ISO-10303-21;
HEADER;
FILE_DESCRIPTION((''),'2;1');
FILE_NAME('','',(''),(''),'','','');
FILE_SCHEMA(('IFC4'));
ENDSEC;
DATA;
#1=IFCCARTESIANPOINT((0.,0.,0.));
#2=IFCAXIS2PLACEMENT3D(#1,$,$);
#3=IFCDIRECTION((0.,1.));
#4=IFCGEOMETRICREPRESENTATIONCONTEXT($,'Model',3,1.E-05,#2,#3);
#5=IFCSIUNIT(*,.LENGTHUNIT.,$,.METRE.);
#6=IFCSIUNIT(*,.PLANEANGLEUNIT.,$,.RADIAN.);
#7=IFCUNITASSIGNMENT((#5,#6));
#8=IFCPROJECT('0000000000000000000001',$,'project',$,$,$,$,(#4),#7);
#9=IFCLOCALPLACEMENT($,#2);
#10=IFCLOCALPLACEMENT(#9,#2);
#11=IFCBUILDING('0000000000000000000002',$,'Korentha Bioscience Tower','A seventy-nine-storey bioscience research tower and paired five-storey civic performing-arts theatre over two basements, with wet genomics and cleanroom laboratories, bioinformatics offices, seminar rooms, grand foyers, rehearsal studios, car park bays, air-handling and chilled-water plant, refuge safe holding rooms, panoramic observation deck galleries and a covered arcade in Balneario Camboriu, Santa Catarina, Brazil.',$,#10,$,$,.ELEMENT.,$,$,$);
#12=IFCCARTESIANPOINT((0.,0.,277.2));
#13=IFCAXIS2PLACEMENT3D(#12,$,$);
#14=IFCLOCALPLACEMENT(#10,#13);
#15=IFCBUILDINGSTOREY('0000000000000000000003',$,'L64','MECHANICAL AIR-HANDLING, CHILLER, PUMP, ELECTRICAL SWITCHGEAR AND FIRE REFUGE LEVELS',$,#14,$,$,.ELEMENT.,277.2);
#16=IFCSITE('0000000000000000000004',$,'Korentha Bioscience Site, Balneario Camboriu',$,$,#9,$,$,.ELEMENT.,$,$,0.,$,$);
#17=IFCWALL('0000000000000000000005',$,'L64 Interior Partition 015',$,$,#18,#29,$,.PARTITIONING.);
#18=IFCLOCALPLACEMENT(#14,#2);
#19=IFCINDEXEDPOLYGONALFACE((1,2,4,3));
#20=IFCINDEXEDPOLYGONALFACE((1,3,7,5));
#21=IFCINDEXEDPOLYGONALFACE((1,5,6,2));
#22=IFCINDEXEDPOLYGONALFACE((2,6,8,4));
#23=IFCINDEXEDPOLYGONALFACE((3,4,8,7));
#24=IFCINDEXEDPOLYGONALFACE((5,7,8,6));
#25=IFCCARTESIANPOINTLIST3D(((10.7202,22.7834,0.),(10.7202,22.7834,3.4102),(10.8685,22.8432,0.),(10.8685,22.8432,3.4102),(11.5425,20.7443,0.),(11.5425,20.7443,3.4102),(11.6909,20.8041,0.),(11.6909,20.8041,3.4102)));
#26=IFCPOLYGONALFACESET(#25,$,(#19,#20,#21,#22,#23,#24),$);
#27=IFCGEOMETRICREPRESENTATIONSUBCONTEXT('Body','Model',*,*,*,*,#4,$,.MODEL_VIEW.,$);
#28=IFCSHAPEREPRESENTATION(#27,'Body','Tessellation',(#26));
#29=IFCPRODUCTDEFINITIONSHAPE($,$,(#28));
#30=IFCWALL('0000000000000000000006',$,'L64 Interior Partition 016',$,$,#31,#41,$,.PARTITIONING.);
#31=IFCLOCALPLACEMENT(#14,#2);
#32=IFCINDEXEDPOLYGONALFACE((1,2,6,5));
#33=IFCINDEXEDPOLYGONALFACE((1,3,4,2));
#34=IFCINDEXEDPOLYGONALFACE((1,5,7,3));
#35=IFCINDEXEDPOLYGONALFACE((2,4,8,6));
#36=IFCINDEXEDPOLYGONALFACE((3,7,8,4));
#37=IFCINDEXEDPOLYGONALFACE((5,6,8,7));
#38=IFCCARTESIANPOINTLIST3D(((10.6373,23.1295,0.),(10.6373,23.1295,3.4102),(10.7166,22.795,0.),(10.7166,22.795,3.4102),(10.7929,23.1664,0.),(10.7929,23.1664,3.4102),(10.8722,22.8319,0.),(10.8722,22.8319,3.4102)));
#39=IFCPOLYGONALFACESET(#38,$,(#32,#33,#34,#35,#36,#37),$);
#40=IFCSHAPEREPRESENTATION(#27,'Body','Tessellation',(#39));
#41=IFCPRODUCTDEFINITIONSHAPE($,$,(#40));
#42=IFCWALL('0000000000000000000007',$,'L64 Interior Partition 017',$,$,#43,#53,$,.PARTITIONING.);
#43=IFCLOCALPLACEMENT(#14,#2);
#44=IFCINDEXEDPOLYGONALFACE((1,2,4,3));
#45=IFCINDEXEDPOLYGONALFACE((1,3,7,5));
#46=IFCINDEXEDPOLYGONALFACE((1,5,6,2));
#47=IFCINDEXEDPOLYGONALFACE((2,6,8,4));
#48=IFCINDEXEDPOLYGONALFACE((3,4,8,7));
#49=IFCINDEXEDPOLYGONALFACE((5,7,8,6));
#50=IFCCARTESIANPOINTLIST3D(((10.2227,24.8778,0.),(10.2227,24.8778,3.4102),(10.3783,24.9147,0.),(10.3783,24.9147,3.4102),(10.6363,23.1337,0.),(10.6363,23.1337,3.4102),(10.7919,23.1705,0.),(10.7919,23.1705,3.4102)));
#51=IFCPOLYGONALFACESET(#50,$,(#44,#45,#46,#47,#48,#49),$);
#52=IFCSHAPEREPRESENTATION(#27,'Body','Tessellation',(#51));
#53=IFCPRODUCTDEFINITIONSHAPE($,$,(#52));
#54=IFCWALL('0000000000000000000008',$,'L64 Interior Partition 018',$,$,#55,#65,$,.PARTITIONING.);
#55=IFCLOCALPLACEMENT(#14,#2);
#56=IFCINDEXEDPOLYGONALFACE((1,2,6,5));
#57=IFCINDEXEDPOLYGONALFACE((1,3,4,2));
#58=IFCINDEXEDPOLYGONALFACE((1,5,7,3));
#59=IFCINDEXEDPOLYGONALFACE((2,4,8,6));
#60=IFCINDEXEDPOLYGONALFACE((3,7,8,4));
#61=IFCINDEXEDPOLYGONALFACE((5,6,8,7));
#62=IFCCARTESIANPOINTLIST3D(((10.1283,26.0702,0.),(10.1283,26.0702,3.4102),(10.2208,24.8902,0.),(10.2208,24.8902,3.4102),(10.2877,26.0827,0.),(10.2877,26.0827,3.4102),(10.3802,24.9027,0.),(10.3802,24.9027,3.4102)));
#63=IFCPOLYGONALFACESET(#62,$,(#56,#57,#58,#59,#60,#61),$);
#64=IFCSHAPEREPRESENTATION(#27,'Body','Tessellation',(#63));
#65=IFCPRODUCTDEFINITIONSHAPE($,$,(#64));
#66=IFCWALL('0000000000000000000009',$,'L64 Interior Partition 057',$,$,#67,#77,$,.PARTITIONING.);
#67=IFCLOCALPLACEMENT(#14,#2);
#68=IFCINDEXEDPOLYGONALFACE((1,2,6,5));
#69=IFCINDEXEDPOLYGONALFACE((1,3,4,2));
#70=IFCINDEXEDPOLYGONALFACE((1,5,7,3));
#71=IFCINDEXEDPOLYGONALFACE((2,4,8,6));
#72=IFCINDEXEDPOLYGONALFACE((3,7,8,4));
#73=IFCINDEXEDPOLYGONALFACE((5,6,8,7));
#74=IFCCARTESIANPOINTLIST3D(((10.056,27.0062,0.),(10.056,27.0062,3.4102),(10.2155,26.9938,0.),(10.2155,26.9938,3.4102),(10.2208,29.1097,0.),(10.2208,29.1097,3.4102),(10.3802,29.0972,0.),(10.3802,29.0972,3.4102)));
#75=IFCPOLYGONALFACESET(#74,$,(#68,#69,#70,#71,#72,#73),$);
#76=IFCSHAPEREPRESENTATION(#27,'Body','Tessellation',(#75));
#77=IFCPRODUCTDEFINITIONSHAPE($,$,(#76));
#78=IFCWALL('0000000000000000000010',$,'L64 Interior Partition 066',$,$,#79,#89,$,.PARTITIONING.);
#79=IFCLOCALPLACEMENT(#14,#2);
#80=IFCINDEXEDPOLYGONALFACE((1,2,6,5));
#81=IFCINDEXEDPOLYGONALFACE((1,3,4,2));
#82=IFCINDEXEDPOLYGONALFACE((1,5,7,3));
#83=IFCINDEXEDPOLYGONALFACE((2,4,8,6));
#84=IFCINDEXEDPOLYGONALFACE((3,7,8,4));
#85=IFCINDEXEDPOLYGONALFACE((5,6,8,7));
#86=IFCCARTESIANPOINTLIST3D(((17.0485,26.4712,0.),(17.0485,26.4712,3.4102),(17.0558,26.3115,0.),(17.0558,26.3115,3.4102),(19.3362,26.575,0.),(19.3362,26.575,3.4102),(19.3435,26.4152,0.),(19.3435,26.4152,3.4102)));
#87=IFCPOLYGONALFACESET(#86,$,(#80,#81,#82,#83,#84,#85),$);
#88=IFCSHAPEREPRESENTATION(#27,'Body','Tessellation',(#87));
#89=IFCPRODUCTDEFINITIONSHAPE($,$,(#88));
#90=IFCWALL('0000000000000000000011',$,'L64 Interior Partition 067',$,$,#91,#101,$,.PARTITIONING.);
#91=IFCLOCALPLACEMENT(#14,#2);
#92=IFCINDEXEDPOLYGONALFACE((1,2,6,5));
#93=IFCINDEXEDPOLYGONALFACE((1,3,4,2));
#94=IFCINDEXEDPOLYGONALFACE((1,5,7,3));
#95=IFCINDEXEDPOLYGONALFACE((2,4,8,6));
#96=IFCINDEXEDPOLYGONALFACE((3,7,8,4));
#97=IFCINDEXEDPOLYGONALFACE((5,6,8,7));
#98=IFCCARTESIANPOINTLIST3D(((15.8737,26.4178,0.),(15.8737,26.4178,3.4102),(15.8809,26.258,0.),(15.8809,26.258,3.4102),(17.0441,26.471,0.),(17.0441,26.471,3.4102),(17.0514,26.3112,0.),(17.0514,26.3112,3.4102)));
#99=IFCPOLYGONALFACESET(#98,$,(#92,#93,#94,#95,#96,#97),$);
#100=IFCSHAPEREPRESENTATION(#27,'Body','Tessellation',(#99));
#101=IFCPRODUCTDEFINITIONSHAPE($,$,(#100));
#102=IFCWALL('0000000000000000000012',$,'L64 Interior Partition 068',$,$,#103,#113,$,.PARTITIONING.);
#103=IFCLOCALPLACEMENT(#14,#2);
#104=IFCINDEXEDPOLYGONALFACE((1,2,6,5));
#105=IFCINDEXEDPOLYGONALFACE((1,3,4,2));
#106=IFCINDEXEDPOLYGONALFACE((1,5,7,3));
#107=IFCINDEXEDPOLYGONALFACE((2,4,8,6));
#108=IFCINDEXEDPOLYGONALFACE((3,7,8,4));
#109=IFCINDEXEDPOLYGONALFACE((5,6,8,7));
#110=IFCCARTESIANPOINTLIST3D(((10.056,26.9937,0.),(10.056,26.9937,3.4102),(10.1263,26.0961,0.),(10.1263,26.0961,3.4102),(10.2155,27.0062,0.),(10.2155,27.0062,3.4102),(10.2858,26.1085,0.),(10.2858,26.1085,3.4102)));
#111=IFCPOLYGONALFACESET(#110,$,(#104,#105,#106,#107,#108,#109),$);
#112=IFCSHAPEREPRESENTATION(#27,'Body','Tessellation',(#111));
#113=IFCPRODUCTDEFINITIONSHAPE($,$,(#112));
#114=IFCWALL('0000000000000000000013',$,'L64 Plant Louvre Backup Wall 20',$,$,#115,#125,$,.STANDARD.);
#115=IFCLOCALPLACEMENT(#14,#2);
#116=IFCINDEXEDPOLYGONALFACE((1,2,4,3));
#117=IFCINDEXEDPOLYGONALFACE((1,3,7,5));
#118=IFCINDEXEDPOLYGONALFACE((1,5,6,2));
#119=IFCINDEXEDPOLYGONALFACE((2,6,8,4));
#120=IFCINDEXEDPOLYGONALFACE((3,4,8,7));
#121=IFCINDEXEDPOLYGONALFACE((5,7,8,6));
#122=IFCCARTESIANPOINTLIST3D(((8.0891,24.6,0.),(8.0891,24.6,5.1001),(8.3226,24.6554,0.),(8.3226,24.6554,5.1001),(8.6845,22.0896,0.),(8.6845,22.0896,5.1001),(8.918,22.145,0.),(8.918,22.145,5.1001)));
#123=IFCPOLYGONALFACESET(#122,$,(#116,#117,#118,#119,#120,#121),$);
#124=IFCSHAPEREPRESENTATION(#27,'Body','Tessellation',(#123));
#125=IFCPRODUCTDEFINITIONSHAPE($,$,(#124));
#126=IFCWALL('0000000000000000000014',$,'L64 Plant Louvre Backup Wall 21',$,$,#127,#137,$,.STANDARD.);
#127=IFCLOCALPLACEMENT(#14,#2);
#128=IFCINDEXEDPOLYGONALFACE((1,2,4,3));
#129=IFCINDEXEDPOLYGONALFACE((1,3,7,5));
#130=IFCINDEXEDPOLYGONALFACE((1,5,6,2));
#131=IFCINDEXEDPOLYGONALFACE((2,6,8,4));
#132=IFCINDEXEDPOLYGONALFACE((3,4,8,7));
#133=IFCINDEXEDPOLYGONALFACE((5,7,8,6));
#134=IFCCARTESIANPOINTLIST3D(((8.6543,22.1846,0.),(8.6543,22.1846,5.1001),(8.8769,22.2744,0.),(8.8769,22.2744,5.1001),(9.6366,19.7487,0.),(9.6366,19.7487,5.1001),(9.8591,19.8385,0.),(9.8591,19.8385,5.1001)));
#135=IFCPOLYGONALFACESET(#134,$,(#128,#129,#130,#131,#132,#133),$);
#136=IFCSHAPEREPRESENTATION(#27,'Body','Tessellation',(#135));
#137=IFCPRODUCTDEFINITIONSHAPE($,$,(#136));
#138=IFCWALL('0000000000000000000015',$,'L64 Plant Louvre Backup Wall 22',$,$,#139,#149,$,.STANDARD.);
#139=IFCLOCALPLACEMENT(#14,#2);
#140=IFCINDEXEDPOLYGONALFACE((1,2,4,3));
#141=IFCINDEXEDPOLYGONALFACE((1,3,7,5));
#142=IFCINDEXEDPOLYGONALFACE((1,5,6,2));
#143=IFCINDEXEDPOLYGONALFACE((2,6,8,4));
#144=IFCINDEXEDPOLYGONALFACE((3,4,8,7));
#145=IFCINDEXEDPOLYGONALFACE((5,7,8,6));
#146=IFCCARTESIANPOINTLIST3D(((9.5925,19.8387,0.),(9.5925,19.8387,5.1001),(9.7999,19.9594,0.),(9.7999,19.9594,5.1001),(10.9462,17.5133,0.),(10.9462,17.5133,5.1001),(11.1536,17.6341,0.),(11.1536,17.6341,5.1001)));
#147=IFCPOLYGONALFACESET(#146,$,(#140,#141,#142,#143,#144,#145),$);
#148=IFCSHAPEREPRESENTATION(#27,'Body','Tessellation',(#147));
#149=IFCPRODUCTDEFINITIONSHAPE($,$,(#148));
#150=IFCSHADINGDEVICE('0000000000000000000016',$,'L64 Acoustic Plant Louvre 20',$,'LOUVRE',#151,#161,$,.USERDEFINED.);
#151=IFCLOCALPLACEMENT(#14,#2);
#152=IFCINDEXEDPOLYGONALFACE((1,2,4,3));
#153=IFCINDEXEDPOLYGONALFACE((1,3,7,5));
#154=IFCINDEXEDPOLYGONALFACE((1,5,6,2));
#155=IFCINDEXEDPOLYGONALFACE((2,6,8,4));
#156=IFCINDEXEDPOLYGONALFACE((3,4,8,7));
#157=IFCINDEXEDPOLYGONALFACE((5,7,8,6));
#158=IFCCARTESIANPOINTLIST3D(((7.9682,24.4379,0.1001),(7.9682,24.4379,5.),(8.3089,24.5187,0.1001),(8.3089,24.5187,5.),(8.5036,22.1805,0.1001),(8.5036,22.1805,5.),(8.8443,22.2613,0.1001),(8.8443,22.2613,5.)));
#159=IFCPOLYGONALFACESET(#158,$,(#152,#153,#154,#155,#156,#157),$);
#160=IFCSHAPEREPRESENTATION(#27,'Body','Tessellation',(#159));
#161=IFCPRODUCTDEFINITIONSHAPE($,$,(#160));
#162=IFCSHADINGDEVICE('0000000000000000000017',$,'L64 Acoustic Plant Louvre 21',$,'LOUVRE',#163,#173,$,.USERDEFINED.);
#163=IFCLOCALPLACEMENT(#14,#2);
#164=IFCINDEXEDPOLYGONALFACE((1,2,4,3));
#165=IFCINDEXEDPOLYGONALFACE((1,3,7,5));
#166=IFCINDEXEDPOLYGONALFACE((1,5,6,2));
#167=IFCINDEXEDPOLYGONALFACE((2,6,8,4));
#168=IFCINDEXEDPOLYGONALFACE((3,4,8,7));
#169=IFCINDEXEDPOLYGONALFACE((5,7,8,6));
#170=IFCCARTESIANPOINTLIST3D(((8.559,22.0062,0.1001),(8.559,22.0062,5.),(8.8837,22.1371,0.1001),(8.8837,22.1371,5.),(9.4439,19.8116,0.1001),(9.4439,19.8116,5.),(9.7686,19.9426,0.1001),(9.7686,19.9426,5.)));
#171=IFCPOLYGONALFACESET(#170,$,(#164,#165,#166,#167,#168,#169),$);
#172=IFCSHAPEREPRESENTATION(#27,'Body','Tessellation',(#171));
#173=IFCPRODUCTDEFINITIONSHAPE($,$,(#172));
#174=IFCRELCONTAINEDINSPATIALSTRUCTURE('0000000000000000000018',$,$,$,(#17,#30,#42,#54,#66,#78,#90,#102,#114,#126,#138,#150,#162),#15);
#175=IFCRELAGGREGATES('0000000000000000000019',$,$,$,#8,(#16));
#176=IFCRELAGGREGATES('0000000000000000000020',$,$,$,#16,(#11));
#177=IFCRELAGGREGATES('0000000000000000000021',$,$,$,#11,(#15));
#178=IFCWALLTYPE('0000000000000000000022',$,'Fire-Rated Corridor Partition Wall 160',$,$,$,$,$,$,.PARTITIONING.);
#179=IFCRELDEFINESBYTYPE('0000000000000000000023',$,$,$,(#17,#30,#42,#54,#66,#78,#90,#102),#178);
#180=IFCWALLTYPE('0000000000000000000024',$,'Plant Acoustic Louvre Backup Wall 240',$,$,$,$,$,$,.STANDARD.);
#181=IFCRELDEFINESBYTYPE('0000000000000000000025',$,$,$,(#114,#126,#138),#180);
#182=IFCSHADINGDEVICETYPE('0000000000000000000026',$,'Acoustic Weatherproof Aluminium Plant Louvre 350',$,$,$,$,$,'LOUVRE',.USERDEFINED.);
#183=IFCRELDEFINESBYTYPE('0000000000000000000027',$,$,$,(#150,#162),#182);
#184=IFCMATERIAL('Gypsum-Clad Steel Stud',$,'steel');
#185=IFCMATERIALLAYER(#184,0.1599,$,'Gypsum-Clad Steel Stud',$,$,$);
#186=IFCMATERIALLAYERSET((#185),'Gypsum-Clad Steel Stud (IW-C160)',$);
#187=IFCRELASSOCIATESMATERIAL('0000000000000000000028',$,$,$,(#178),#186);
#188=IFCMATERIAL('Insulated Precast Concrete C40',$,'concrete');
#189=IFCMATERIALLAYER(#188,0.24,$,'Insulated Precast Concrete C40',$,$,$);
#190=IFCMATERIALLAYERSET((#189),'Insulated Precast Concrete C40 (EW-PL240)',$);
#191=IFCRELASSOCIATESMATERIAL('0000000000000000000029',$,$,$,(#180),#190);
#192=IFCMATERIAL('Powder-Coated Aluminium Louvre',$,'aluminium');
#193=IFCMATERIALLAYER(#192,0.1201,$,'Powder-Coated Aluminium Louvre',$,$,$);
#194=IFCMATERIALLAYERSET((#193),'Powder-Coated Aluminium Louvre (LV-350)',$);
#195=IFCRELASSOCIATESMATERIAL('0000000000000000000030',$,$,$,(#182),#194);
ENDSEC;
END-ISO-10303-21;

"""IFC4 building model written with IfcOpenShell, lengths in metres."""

from ifc_helpers import new_model, si_unit, direction, frame, frame_2d, origin, origin_2d, place, context, subcontext, project, spatial, rectangle, extrude, material, layer, layer_set, type_object, element, save


model = new_model("IFC4")

# Units and contexts
model_context = context("Model", 3, precision=1e-05, world=origin(), true_north=direction((0.0, 1.0)))
body_context = subcontext(model_context, "Body", "Model", "MODEL_VIEW")
ifc_project = project(units=[si_unit("LENGTHUNIT", "METRE"), si_unit("PLANEANGLEUNIT", "RADIAN")], contexts=[model_context])

# Site, building, storey
site_placement = place(None, origin())
site = spatial("IfcSite", under=ifc_project, at=site_placement, Name="Korentha Bioscience Site, Balneario Camboriu", CompositionType="ELEMENT", RefElevation=0.0)
building_placement = place(site_placement, origin())
building = spatial("IfcBuilding", under=site, at=building_placement, Name="Korentha Bioscience Tower", Description="A seventy-nine-storey bioscience research tower and paired five-storey civic performing-arts theatre over two basements, with wet genomics and cleanroom laboratories, bioinformatics offices, seminar rooms, grand foyers, rehearsal studios, car park bays, air-handling and chilled-water plant, refuge safe holding rooms, panoramic observation deck galleries and a covered arcade in Balneario Camboriu, Santa Catarina, Brazil.", CompositionType="ELEMENT")
storey_placement = place(building_placement, frame((0.0, 0.0, 277.2)))
storey = spatial("IfcBuildingStorey", under=building, at=storey_placement, Name="L64", Description="MECHANICAL AIR-HANDLING, CHILLER, PUMP, ELECTRICAL SWITCHGEAR AND FIRE REFUGE LEVELS", CompositionType="ELEMENT", Elevation=277.2)

# Walls
ifc_material_1 = material(Name="Gypsum-Clad Steel Stud", Category="steel")
ifc_layer_1 = layer(ifc_material_1, 0.1599, Name="Gypsum-Clad Steel Stud")
ifc_layer_set_1 = layer_set([ifc_layer_1], Name="Gypsum-Clad Steel Stud (IW-C160)")
wall_type_1 = type_object("IfcWallType", Name="Fire-Rated Corridor Partition Wall 160", PredefinedType="PARTITIONING", material=ifc_layer_set_1)
wall_1_placement = place(storey_placement, frame((11.6167, 20.7742, 0.0), z_axis=(0.0, 0.0, 1.0), x_axis=(-0.373993, 0.927432, 0.0)))
element("IfcWall", 1, at=wall_1_placement, inside=storey, type_object=wall_type_1, Name="L64 Interior Partition 015", PredefinedType="PARTITIONING", context=body_context, shape_type="SweptSolid", body=[
    extrude(rectangle(XDim=2.1987, YDim=0.1599, at=frame_2d((1.0994, 0.0))), origin(), (0.0, 0.0, 1.0), 3.4102),
])
wall_2_placement = place(storey_placement, frame((10.7944, 22.8135, 0.0), z_axis=(0.0, 0.0, 1.0), x_axis=(-0.23082, 0.972996, 0.0)))
element("IfcWall", 2, at=wall_2_placement, inside=storey, type_object=wall_type_1, Name="L64 Interior Partition 016", PredefinedType="PARTITIONING", context=body_context, shape_type="SweptSolid", body=[
    extrude(rectangle(XDim=0.3438, YDim=0.1599, at=frame_2d((0.1719, 0.0))), origin(), (0.0, 0.0, 1.0), 3.4102),
])
wall_3_placement = place(storey_placement, frame((10.7141, 23.1521, 0.0), z_axis=(0.0, 0.0, 1.0), x_axis=(-0.230724, 0.973019, 0.0)))
element("IfcWall", 3, at=wall_3_placement, inside=storey, type_object=wall_type_1, Name="L64 Interior Partition 017", PredefinedType="PARTITIONING", context=body_context, shape_type="SweptSolid", body=[
    extrude(rectangle(XDim=1.7925, YDim=0.1599, at=frame_2d((0.8962, 0.0))), origin(), (0.0, 0.0, 1.0), 3.4102),
])
wall_4_placement = place(storey_placement, frame((10.3005, 24.8965, 0.0), z_axis=(0.0, 0.0, 1.0), x_axis=(-0.078179, 0.996939, 0.0)))
element("IfcWall", 4, at=wall_4_placement, inside=storey, type_object=wall_type_1, Name="L64 Interior Partition 018", PredefinedType="PARTITIONING", context=body_context, shape_type="SweptSolid", body=[
    extrude(rectangle(XDim=1.1836, YDim=0.1599, at=frame_2d((0.5918, 0.0))), origin(), (0.0, 0.0, 1.0), 3.4102),
])
wall_5_placement = place(storey_placement, frame((10.1357, 27.0, 0.0), z_axis=(0.0, 0.0, 1.0), x_axis=(0.078103, 0.996945, 0.0)))
element("IfcWall", 5, at=wall_5_placement, inside=storey, type_object=wall_type_1, Name="L64 Interior Partition 057", PredefinedType="PARTITIONING", context=body_context, shape_type="SweptSolid", body=[
    extrude(rectangle(XDim=2.1099, YDim=0.1599, at=frame_2d((1.0549, 0.0))), origin(), (0.0, 0.0, 1.0), 3.4102),
])
wall_6_placement = place(storey_placement, frame((19.3398, 26.4951, 0.0), z_axis=(0.0, 0.0, 1.0), x_axis=(-0.998973, -0.045311, 0.0)))
element("IfcWall", 6, at=wall_6_placement, inside=storey, type_object=wall_type_1, Name="L64 Interior Partition 066", PredefinedType="PARTITIONING", context=body_context, shape_type="SweptSolid", body=[
    extrude(rectangle(XDim=2.29, YDim=0.1599, at=frame_2d((1.145, 0.0))), origin(), (0.0, 0.0, 1.0), 3.4102),
])
wall_7_placement = place(storey_placement, frame((17.0479, 26.3911, 0.0), z_axis=(0.0, 0.0, 1.0), x_axis=(-0.998968, -0.045427, 0.0)))
element("IfcWall", 7, at=wall_7_placement, inside=storey, type_object=wall_type_1, Name="L64 Interior Partition 067", PredefinedType="PARTITIONING", context=body_context, shape_type="SweptSolid", body=[
    extrude(rectangle(XDim=1.1716, YDim=0.1599, at=frame_2d((0.5859, 0.0))), origin(), (0.0, 0.0, 1.0), 3.4102),
])
wall_8_placement = place(storey_placement, frame((10.2061, 26.1023, 0.0), z_axis=(0.0, 0.0, 1.0), x_axis=(-0.078086, 0.996947, 0.0)))
element("IfcWall", 8, at=wall_8_placement, inside=storey, type_object=wall_type_1, Name="L64 Interior Partition 068", PredefinedType="PARTITIONING", context=body_context, shape_type="SweptSolid", body=[
    extrude(rectangle(XDim=0.9004, YDim=0.1599, at=frame_2d((0.4502, 0.0))), origin(), (0.0, 0.0, 1.0), 3.4102),
])
ifc_material_2 = material(Name="Insulated Precast Concrete C40", Category="concrete")
ifc_layer_2 = layer(ifc_material_2, 0.24, Name="Insulated Precast Concrete C40")
ifc_layer_set_2 = layer_set([ifc_layer_2], Name="Insulated Precast Concrete C40 (EW-PL240)")
wall_type_2 = type_object("IfcWallType", Name="Plant Acoustic Louvre Backup Wall 240", PredefinedType="STANDARD", material=ifc_layer_set_2)
wall_9_placement = place(storey_placement, frame((8.2058, 24.6277, 0.0), z_axis=(0.0, 0.0, 1.0), x_axis=(0.230785, -0.973005, 0.0)))
element("IfcWall", 9, at=wall_9_placement, inside=storey, type_object=wall_type_2, Name="L64 Plant Louvre Backup Wall 20", PredefinedType="STANDARD", context=body_context, shape_type="SweptSolid", body=[
    extrude(rectangle(XDim=2.5801, YDim=0.24, at=frame_2d((1.29, 0.0))), origin(), (0.0, 0.0, 1.0), 5.1001),
])
wall_10_placement = place(storey_placement, frame((8.7656, 22.2295, 0.0), z_axis=(0.0, 0.0, 1.0), x_axis=(0.37397, -0.927441, 0.0)))
element("IfcWall", 10, at=wall_10_placement, inside=storey, type_object=wall_type_2, Name="L64 Plant Louvre Backup Wall 21", PredefinedType="STANDARD", context=body_context, shape_type="SweptSolid", body=[
    extrude(rectangle(XDim=2.6265, YDim=0.24, at=frame_2d((1.3132, 0.0))), origin(), (0.0, 0.0, 1.0), 5.1001),
])
wall_11_placement = place(storey_placement, frame((9.6963, 19.8989, 0.0), z_axis=(0.0, 0.0, 1.0), x_axis=(0.503109, -0.864223, 0.0)))
element("IfcWall", 11, at=wall_11_placement, inside=storey, type_object=wall_type_2, Name="L64 Plant Louvre Backup Wall 22", PredefinedType="STANDARD", context=body_context, shape_type="SweptSolid", body=[
    extrude(rectangle(XDim=2.6907, YDim=0.24, at=frame_2d((1.3452, 0.0))), origin(), (0.0, 0.0, 1.0), 5.1001),
])

# Shading devices
ifc_material_3 = material(Name="Powder-Coated Aluminium Louvre", Category="aluminium")
ifc_layer_3 = layer(ifc_material_3, 0.1201, Name="Powder-Coated Aluminium Louvre")
ifc_layer_set_3 = layer_set([ifc_layer_3], Name="Powder-Coated Aluminium Louvre (LV-350)")
shading_device_type = type_object("IfcShadingDeviceType", Name="Acoustic Weatherproof Aluminium Plant Louvre 350", ElementType="LOUVRE", PredefinedType="USERDEFINED", material=ifc_layer_set_3)
shading_device_1_placement = place(storey_placement, frame((8.4062, 23.3496, 0.1001), z_axis=(0.0, 0.0, 1.0), x_axis=(0.230754, -0.973012, 0.0)))
element("IfcShadingDevice", 12, at=shading_device_1_placement, inside=storey, type_object=shading_device_type, Name="L64 Acoustic Plant Louvre 20", ObjectType="LOUVRE", PredefinedType="USERDEFINED", context=body_context, shape_type="SweptSolid", body=[
    extrude(rectangle(XDim=2.3201, YDim=0.3501, at=origin_2d()), origin(), (0.0, 0.0, 1.0), 4.8999),
])
shading_device_2_placement = place(storey_placement, frame((9.1638, 20.9744, 0.1001), z_axis=(0.0, 0.0, 1.0), x_axis=(0.373949, -0.927449, 0.0)))
element("IfcShadingDevice", 13, at=shading_device_2_placement, inside=storey, type_object=shading_device_type, Name="L64 Acoustic Plant Louvre 21", ObjectType="LOUVRE", PredefinedType="USERDEFINED", context=body_context, shape_type="SweptSolid", body=[
    extrude(rectangle(XDim=2.3662, YDim=0.3501, at=origin_2d()), origin(), (0.0, 0.0, 1.0), 4.8999),
])

save(model, "model.ifc")
